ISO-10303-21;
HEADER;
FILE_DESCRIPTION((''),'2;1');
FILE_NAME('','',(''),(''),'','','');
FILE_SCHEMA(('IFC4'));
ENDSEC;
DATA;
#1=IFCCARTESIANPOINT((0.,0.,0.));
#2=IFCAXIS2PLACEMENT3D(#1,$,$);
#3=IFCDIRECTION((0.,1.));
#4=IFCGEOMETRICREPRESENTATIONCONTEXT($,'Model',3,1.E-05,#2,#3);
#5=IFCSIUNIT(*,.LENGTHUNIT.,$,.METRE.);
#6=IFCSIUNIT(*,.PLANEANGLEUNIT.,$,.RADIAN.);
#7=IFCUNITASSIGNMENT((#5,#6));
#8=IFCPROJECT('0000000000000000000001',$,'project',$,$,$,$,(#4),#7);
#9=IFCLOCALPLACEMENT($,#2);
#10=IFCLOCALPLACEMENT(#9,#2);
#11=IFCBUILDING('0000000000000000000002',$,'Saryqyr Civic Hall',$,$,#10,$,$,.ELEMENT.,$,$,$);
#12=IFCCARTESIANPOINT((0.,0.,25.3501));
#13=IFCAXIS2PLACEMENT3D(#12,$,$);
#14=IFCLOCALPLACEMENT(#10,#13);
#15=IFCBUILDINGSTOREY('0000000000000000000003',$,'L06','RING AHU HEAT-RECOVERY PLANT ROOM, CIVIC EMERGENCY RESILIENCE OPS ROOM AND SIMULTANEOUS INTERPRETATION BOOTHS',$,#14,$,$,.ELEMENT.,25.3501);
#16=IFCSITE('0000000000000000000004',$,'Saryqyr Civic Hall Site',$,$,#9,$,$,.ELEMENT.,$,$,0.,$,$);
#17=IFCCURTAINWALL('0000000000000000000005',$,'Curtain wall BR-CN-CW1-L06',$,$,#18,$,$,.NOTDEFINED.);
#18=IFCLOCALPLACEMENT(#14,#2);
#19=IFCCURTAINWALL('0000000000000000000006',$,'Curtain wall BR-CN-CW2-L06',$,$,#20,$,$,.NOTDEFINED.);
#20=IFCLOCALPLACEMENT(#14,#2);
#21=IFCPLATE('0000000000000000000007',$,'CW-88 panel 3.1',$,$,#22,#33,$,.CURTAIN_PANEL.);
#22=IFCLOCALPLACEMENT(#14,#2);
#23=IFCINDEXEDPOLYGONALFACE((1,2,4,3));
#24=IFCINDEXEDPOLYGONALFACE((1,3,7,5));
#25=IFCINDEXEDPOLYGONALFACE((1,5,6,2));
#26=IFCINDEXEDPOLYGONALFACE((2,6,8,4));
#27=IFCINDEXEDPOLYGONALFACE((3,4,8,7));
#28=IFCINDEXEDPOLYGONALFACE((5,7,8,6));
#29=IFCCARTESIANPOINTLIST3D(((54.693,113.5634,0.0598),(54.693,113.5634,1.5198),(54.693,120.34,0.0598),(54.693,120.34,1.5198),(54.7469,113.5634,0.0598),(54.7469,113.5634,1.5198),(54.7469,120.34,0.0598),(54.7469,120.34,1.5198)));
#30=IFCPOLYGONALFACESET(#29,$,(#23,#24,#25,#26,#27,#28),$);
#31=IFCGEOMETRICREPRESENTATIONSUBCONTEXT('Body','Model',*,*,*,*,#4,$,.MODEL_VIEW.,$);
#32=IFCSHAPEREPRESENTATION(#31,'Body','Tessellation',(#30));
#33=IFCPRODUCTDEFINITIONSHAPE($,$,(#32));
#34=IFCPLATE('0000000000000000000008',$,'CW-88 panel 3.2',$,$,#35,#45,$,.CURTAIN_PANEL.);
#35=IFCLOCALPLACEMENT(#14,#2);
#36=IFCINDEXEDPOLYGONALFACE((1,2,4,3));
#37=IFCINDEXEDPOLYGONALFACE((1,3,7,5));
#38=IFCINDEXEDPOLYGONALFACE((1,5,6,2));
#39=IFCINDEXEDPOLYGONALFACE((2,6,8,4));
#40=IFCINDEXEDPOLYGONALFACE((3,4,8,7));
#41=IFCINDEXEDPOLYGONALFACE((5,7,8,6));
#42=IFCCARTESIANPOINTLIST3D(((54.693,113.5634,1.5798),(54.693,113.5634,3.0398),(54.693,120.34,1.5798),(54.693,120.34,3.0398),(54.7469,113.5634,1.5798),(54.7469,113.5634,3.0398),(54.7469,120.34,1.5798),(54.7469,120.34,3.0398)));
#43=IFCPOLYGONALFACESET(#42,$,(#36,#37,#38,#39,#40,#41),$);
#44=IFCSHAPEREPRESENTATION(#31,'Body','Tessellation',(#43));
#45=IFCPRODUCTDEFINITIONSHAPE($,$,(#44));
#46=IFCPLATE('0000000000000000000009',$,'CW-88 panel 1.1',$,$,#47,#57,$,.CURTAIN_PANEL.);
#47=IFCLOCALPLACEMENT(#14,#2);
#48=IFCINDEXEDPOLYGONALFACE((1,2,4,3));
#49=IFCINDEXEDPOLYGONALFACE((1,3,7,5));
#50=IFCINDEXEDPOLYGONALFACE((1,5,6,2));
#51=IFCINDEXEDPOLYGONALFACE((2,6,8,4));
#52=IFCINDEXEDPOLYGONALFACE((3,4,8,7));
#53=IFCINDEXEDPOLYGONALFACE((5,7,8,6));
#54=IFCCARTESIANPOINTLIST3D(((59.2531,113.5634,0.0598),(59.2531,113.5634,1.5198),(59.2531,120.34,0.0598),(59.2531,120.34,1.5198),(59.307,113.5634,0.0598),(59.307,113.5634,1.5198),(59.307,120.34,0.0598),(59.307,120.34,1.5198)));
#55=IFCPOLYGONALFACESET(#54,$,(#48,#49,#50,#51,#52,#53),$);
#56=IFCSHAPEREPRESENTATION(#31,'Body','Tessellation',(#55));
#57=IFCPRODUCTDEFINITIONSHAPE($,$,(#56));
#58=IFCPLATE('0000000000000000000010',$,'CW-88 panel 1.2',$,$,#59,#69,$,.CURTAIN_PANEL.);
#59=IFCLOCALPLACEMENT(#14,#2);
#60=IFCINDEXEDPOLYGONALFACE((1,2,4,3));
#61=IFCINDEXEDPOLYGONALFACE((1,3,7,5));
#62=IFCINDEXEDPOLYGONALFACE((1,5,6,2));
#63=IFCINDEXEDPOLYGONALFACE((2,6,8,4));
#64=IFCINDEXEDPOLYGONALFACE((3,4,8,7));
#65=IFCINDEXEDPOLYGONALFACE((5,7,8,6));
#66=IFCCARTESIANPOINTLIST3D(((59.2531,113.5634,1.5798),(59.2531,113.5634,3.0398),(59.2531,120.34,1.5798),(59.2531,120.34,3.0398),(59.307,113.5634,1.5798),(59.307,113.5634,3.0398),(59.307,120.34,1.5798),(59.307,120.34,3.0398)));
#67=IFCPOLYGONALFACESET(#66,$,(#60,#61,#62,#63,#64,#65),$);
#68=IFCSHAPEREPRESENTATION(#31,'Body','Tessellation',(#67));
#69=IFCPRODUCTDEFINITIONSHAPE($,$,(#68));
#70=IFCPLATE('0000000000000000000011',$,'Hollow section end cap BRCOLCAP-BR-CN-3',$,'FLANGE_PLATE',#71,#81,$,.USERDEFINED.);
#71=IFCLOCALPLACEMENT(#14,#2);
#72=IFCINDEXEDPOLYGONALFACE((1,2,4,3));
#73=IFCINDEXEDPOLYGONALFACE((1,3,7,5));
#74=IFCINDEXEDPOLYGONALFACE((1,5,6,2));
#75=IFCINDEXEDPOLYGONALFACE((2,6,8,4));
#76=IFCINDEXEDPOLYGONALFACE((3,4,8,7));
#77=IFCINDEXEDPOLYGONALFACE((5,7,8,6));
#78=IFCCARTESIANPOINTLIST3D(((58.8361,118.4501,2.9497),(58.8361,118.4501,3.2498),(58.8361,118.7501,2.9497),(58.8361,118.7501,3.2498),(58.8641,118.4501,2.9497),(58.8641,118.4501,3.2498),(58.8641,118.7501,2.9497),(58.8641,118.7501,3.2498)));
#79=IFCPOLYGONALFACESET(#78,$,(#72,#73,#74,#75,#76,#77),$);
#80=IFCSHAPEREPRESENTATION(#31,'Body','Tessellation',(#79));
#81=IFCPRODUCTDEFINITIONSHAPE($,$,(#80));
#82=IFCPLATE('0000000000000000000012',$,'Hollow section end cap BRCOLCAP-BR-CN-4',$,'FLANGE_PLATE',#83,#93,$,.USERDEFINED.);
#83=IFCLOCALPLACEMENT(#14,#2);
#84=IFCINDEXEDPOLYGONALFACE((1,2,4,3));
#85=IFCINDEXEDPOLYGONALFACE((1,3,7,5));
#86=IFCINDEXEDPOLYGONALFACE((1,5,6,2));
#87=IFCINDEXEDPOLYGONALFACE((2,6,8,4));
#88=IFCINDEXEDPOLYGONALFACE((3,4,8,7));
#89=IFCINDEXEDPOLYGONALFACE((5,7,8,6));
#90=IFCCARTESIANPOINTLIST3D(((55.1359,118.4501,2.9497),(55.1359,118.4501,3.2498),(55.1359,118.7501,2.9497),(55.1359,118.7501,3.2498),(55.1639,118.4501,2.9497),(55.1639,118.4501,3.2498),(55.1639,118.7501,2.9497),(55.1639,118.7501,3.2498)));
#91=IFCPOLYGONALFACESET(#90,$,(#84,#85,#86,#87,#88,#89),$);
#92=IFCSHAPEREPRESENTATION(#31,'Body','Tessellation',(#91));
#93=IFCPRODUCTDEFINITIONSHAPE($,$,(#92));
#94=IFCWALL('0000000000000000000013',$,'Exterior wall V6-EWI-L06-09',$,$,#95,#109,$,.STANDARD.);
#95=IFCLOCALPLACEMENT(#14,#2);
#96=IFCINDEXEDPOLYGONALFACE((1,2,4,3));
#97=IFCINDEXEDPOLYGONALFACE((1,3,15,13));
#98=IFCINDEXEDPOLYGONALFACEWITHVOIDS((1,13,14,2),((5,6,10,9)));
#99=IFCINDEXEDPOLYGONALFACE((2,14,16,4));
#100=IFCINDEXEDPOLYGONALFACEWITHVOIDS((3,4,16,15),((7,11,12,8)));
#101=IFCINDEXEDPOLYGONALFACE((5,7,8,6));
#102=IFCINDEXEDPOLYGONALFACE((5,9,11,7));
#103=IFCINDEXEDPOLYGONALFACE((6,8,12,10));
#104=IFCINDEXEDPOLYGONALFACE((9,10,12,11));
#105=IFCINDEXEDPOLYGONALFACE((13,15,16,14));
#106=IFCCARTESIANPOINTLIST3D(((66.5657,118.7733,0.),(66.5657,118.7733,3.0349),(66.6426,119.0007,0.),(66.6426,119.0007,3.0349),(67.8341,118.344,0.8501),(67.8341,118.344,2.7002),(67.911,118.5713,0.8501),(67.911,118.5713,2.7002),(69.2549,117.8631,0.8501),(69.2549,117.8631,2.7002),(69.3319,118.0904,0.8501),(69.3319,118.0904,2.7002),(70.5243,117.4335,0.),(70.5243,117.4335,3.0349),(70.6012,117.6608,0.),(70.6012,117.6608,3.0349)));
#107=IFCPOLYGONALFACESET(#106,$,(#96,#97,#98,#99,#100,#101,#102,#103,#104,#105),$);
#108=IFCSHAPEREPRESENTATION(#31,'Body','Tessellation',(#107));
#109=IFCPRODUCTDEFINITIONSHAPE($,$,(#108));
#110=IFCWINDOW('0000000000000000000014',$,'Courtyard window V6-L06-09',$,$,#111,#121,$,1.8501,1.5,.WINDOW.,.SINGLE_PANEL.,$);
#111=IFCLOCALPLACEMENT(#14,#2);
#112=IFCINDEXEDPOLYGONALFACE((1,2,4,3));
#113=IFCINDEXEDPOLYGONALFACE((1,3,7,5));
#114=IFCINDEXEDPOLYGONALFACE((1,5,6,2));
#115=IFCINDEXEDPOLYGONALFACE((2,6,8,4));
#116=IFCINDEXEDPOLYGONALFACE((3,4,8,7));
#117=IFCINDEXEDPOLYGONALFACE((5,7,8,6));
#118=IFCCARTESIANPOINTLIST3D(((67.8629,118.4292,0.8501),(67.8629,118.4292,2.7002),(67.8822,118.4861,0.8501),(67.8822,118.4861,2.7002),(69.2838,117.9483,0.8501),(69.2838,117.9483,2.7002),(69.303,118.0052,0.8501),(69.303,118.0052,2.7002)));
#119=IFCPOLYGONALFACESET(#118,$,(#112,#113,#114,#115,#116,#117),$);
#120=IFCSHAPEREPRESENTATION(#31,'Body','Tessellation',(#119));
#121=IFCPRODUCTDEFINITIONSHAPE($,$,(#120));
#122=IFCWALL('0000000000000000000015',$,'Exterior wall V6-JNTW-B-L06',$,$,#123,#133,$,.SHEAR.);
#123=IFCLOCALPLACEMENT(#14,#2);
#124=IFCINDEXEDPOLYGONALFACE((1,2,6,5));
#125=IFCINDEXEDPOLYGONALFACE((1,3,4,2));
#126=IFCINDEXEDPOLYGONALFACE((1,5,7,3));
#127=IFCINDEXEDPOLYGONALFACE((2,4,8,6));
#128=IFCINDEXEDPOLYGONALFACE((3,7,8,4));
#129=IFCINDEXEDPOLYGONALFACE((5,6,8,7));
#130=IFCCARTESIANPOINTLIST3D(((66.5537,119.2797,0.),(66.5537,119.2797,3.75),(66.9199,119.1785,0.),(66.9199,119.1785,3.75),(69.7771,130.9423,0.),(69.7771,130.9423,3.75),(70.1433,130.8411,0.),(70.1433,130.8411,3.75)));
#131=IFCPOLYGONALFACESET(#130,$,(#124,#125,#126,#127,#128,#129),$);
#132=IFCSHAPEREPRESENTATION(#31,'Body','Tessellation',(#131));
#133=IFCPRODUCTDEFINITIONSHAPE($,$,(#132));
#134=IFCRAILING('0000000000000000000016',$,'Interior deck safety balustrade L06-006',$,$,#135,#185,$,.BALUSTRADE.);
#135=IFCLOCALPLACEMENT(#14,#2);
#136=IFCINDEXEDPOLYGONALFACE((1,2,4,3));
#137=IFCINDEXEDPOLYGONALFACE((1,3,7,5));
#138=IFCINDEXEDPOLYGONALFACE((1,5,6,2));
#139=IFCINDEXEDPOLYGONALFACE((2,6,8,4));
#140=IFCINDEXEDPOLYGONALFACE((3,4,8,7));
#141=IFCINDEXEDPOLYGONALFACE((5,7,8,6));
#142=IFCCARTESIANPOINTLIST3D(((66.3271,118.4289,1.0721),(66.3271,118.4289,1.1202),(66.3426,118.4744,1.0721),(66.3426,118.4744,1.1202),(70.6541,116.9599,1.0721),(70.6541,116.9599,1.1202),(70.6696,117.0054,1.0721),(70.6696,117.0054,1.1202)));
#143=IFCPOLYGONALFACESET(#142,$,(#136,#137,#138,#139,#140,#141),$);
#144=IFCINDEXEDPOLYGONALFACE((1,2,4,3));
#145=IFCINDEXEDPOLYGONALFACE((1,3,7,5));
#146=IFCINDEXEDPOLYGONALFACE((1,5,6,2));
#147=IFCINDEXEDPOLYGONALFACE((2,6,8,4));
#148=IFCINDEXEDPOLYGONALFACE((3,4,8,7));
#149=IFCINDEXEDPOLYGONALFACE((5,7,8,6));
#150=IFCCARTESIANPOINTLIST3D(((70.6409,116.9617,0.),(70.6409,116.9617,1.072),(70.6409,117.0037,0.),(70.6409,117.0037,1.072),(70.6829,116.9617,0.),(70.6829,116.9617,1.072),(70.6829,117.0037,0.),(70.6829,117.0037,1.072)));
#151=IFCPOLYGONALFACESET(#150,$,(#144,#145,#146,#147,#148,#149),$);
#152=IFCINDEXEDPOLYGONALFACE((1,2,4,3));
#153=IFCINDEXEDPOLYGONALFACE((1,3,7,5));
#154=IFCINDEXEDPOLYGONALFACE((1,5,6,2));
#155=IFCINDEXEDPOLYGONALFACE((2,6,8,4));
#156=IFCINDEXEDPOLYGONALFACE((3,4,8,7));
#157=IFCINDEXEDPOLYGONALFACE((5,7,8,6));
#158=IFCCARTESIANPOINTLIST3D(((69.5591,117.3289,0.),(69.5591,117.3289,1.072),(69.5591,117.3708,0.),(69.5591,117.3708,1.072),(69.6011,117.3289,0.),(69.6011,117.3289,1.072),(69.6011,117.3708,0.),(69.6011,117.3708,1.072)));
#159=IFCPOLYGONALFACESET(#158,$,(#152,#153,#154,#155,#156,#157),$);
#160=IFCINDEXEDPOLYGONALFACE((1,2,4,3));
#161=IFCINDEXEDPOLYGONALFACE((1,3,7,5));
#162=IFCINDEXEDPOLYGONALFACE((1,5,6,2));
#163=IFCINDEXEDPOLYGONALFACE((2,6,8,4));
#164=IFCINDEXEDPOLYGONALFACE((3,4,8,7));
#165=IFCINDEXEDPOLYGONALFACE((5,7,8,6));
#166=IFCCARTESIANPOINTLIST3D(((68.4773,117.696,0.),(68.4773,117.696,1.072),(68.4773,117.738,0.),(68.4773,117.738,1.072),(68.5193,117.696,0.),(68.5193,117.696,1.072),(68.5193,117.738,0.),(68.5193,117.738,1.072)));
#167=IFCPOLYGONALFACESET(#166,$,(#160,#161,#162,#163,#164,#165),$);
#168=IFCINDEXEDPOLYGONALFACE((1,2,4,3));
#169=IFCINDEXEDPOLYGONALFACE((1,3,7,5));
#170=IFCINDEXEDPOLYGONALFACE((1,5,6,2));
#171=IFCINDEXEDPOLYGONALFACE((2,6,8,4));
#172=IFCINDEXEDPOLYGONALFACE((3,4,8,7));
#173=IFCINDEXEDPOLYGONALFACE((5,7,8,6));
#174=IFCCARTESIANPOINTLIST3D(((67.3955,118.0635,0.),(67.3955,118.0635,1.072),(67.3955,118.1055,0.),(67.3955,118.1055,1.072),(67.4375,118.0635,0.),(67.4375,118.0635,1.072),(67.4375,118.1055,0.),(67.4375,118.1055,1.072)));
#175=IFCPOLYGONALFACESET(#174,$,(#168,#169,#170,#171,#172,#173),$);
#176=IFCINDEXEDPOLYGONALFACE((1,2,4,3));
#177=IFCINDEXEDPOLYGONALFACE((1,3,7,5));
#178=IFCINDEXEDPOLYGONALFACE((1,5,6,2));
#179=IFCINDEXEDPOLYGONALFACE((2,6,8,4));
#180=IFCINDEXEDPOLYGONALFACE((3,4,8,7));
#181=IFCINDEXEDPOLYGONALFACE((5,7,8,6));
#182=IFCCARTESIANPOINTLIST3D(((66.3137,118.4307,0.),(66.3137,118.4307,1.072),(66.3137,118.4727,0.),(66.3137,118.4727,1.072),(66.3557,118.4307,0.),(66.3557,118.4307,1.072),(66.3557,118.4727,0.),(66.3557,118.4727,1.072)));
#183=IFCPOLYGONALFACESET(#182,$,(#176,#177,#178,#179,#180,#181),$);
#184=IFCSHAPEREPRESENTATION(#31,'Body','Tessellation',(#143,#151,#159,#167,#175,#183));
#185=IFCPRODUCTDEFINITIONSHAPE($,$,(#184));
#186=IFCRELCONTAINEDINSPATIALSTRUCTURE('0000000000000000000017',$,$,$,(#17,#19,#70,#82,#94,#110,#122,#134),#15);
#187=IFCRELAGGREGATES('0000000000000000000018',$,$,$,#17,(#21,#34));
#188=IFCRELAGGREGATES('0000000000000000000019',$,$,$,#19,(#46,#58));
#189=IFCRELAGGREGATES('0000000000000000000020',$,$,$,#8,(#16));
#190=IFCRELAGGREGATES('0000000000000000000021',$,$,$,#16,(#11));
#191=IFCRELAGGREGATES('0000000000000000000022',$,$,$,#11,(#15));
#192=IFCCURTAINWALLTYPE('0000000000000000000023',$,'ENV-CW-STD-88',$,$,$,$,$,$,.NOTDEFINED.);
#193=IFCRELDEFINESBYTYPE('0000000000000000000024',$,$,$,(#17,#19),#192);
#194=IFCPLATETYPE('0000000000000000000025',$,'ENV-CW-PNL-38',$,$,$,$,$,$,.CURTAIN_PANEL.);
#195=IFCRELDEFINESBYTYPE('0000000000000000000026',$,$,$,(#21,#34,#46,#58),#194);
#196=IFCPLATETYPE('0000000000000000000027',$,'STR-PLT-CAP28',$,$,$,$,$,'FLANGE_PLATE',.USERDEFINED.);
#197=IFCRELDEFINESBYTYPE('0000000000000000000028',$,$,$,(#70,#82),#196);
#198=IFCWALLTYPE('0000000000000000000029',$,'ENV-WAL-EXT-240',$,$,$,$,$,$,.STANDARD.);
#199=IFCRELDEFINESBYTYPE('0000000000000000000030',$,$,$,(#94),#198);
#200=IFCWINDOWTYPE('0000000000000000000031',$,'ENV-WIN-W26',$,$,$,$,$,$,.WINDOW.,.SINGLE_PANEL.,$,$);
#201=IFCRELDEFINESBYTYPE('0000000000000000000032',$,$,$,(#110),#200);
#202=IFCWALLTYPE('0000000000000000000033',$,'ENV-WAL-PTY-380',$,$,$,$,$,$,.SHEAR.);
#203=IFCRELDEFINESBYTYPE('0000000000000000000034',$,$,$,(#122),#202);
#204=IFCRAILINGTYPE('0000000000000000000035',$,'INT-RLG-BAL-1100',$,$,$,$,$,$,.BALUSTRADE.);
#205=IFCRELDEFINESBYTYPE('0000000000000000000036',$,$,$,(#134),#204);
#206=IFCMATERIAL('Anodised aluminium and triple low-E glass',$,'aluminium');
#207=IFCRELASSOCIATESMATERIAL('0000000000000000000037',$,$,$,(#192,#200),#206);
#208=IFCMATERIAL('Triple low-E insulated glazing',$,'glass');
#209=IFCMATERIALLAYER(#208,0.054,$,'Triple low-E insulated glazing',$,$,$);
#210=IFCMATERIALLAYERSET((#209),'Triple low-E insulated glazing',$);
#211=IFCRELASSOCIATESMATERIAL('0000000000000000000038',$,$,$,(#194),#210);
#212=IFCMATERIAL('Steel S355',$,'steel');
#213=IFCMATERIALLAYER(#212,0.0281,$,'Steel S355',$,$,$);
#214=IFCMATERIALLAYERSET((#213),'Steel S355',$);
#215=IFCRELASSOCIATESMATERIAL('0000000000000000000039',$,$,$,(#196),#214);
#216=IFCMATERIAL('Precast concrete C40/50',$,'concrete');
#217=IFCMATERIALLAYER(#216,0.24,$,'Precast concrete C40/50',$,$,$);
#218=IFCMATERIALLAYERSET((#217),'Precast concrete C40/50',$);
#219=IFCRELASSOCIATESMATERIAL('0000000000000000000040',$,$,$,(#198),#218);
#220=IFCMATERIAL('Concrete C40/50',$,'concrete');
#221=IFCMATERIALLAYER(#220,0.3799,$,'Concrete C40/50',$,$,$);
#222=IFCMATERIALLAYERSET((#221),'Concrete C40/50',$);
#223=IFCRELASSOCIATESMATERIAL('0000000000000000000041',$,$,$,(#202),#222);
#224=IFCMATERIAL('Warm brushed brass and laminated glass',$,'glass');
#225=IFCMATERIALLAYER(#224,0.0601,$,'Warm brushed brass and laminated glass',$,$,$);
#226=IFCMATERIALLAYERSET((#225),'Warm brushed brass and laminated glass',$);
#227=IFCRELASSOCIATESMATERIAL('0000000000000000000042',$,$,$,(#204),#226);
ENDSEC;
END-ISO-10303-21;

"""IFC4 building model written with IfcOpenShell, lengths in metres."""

from ifc_helpers import new_model, si_unit, direction, frame, frame_2d, origin, origin_2d, place, context, subcontext, project, spatial, rectangle, extrude, material, layer, layer_set, type_object, element, fill, aggregate, save


model = new_model("IFC4")

# Units and contexts
model_context = context("Model", 3, precision=1e-05, world=origin(), true_north=direction((0.0, 1.0)))
body_context = subcontext(model_context, "Body", "Model", "MODEL_VIEW")
ifc_project = project(units=[si_unit("LENGTHUNIT", "METRE"), si_unit("PLANEANGLEUNIT", "RADIAN")], contexts=[model_context])

# Site, building, storey
site_placement = place(None, origin())
site = spatial("IfcSite", under=ifc_project, at=site_placement, Name="Saryqyr Civic Hall Site", CompositionType="ELEMENT", RefElevation=0.0)
building_placement = place(site_placement, origin())
building = spatial("IfcBuilding", under=site, at=building_placement, Name="Saryqyr Civic Hall", CompositionType="ELEMENT")
storey_placement = place(building_placement, frame((0.0, 0.0, 25.3501)))
storey = spatial("IfcBuildingStorey", under=building, at=storey_placement, Name="L06", Description="RING AHU HEAT-RECOVERY PLANT ROOM, CIVIC EMERGENCY RESILIENCE OPS ROOM AND SIMULTANEOUS INTERPRETATION BOOTHS", CompositionType="ELEMENT", Elevation=25.3501)

# Shared definitions
ifc_material_1 = material(Name="Steel S355", Category="steel")
ifc_material_2 = material(Name="Concrete C40/50", Category="concrete")

# Curtain walls
ifc_material_3 = material(Name="Anodised aluminium and triple low-E glass", Category="aluminium")
curtain_wall_type_1 = type_object("IfcCurtainWallType", Name="ENV-CW-STD-88", PredefinedType="NOTDEFINED", material=ifc_material_3)
curtain_wall_1_placement = place(storey_placement, origin())
curtain_wall_1 = element("IfcCurtainWall", 1, at=curtain_wall_1_placement, inside=storey, type_object=curtain_wall_type_1, Name="Curtain wall BR-CN-CW1-L06", PredefinedType="NOTDEFINED")
curtain_wall_2_placement = place(storey_placement, origin())
curtain_wall_2 = element("IfcCurtainWall", 2, at=curtain_wall_2_placement, inside=storey, type_object=curtain_wall_type_1, Name="Curtain wall BR-CN-CW2-L06", PredefinedType="NOTDEFINED")

# Plates
ifc_material_4 = material(Name="Triple low-E insulated glazing", Category="glass")
ifc_layer_1 = layer(ifc_material_4, 0.054, Name="Triple low-E insulated glazing")
ifc_layer_set_1 = layer_set([ifc_layer_1], Name="Triple low-E insulated glazing")
plate_type_1 = type_object("IfcPlateType", Name="ENV-CW-PNL-38", PredefinedType="CURTAIN_PANEL", material=ifc_layer_set_1)
plate_1_placement = place(storey_placement, frame((54.72, 116.9517, 0.0598), z_axis=(0.0, 0.0, 1.0), x_axis=(0.0, 1.0, 0.0)))
plate_1 = element("IfcPlate", 3, at=plate_1_placement, type_object=plate_type_1, Name="CW-88 panel 3.1", PredefinedType="CURTAIN_PANEL", context=body_context, shape_type="SweptSolid", body=[
    extrude(rectangle(XDim=6.7766, YDim=0.054, at=origin_2d()), origin(), (0.0, 0.0, 1.0), 1.46),
])
plate_2_placement = place(storey_placement, frame((54.72, 116.9517, 1.5798), z_axis=(0.0, 0.0, 1.0), x_axis=(0.0, 1.0, 0.0)))
plate_2 = element("IfcPlate", 4, at=plate_2_placement, type_object=plate_type_1, Name="CW-88 panel 3.2", PredefinedType="CURTAIN_PANEL", context=body_context, shape_type="SweptSolid", body=[
    extrude(rectangle(XDim=6.7766, YDim=0.054, at=origin_2d()), origin(), (0.0, 0.0, 1.0), 1.46),
])
aggregate(curtain_wall_1, [plate_1, plate_2])
plate_3_placement = place(storey_placement, frame((59.28, 116.9517, 0.0598), z_axis=(0.0, 0.0, 1.0), x_axis=(0.0, -1.0, 0.0)))
plate_3 = element("IfcPlate", 5, at=plate_3_placement, type_object=plate_type_1, Name="CW-88 panel 1.1", PredefinedType="CURTAIN_PANEL", context=body_context, shape_type="SweptSolid", body=[
    extrude(rectangle(XDim=6.7766, YDim=0.054, at=origin_2d()), origin(), (0.0, 0.0, 1.0), 1.46),
])
plate_4_placement = place(storey_placement, frame((59.28, 116.9517, 1.5798), z_axis=(0.0, 0.0, 1.0), x_axis=(0.0, -1.0, 0.0)))
plate_4 = element("IfcPlate", 6, at=plate_4_placement, type_object=plate_type_1, Name="CW-88 panel 1.2", PredefinedType="CURTAIN_PANEL", context=body_context, shape_type="SweptSolid", body=[
    extrude(rectangle(XDim=6.7766, YDim=0.054, at=origin_2d()), origin(), (0.0, 0.0, 1.0), 1.46),
])
aggregate(curtain_wall_2, [plate_3, plate_4])

# Plates
ifc_layer_2 = layer(ifc_material_1, 0.0281, Name="Steel S355")
ifc_layer_set_2 = layer_set([ifc_layer_2], Name="Steel S355")
plate_type_2 = type_object("IfcPlateType", Name="STR-PLT-CAP28", ElementType="FLANGE_PLATE", PredefinedType="USERDEFINED", material=ifc_layer_set_2)
for number, where, z_axis, x_axis, name in (
    (7, (58.8501, 118.6001, 2.9497), (0.0, 0.0, 1.0), (1.0, 0.0, 0.0), "Hollow section end cap BRCOLCAP-BR-CN-3"),
    (8, (55.1499, 118.6001, 2.9497), (0.0, 0.0, 1.0), (1.0, 0.0, 0.0), "Hollow section end cap BRCOLCAP-BR-CN-4"),
):
    element("IfcPlate", number, at=place(storey_placement, frame(where, z_axis=z_axis, x_axis=x_axis)), inside=storey, type_object=plate_type_2, Name=name, ObjectType="FLANGE_PLATE", PredefinedType="USERDEFINED", context=body_context, shape_type="SweptSolid", body=[
        extrude(rectangle(XDim=0.0281, YDim=0.3, at=origin_2d()), origin(), (0.0, 0.0, 1.0), 0.3),
    ])

# Wall, opening, window
ifc_material_5 = material(Name="Precast concrete C40/50", Category="concrete")
ifc_layer_3 = layer(ifc_material_5, 0.24, Name="Precast concrete C40/50")
ifc_layer_set_3 = layer_set([ifc_layer_3], Name="Precast concrete C40/50")
wall_type_1 = type_object("IfcWallType", Name="ENV-WAL-EXT-240", PredefinedType="STANDARD", material=ifc_layer_set_3)
wall_1_placement = place(storey_placement, frame((70.5627, 117.5471, 0.0), z_axis=(0.0, 0.0, 1.0), x_axis=(-0.947213, 0.320606, 0.0)))
wall_1 = element("IfcWall", 9, at=wall_1_placement, inside=storey, type_object=wall_type_1, Name="Exterior wall V6-EWI-L06-09", PredefinedType="STANDARD", context=body_context, shape_type="SweptSolid", body=[
    extrude(rectangle(XDim=4.1792, YDim=0.24, at=frame_2d((2.0896, 0.0))), origin(), (0.0, 0.0, 1.0), 3.0349),
])
opening_placement = place(wall_1_placement, frame((1.3401, 0.0, 0.8501)))
opening = element("IfcOpeningElement", 10, at=opening_placement, cuts=wall_1, PredefinedType="OPENING", context=body_context, shape_type="SweptSolid", body=[
    extrude(rectangle(XDim=1.5, YDim=1.8501, at=frame_2d((0.75, 0.925))), frame((0.0, 0.1299, 0.0), z_axis=(0.0, -1.0, 0.0), x_axis=(1.0, 0.0, 0.0)), (0.0, 0.0, 1.0), 0.26),
])
window_type = type_object("IfcWindowType", Name="ENV-WIN-W26", PartitioningType="SINGLE_PANEL", PredefinedType="WINDOW", material=ifc_material_3)
window_placement = place(opening_placement, origin())
window = element("IfcWindow", 11, at=window_placement, inside=storey, type_object=window_type, Name="Courtyard window V6-L06-09", OverallHeight=1.8501, OverallWidth=1.5, PartitioningType="SINGLE_PANEL", PredefinedType="WINDOW", context=body_context, shape_type="SweptSolid", body=[
    extrude(rectangle(XDim=1.5, YDim=1.8501, at=frame_2d((0.75, 0.925))), frame((0.0, 0.03, 0.0), z_axis=(0.0, -1.0, 0.0), x_axis=(1.0, 0.0, 0.0)), (0.0, 0.0, 1.0), 0.0601),
])
fill(opening, window)

# Wall
ifc_layer_4 = layer(ifc_material_2, 0.3799, Name="Concrete C40/50")
ifc_layer_set_4 = layer_set([ifc_layer_4], Name="Concrete C40/50")
wall_type_2 = type_object("IfcWallType", Name="ENV-WAL-PTY-380", PredefinedType="SHEAR", material=ifc_layer_set_4)
wall_2_placement = place(storey_placement, frame((66.7368, 119.2292, 0.0), z_axis=(0.0, 0.0, 1.0), x_axis=(0.266399, 0.963863, 0.0)))
element("IfcWall", 12, at=wall_2_placement, inside=storey, type_object=wall_type_2, Name="Exterior wall V6-JNTW-B-L06", PredefinedType="SHEAR", context=body_context, shape_type="SweptSolid", body=[
    extrude(rectangle(XDim=12.0999, YDim=0.3799, at=frame_2d((6.0498, 0.0))), origin(), (0.0, 0.0, 1.0), 3.75),
])

# Railing
ifc_material_6 = material(Name="Warm brushed brass and laminated glass", Category="glass")
ifc_layer_5 = layer(ifc_material_6, 0.0601, Name="Warm brushed brass and laminated glass")
ifc_layer_set_5 = layer_set([ifc_layer_5], Name="Warm brushed brass and laminated glass")
railing_type = type_object("IfcRailingType", Name="INT-RLG-BAL-1100", PredefinedType="BALUSTRADE", material=ifc_layer_set_5)
railing_1_placement = place(storey_placement, frame((70.6619, 116.9827, 0.0)))
element("IfcRailing", 13, at=railing_1_placement, inside=storey, type_object=railing_type, Name="Interior deck safety balustrade L06-006", PredefinedType="BALUSTRADE", context=body_context, shape_type="SweptSolid", body=[
    extrude(rectangle(XDim=0.0481, YDim=0.0481, at=origin_2d()), frame((0.0, 0.0, 1.0962), z_axis=(-0.946922, 0.321464, 0.0), x_axis=(-0.321464, -0.946922, 0.0)), (0.0, 0.0, 1.0), 4.5696),
    extrude(rectangle(XDim=0.042, YDim=0.042, at=origin_2d()), origin(), (0.0, 0.0, 1.0), 1.072),
    extrude(rectangle(XDim=0.042, YDim=0.042, at=origin_2d()), frame((-1.0818, 0.3672, 0.0)), (0.0, 0.0, 1.0), 1.072),
    extrude(rectangle(XDim=0.042, YDim=0.042, at=origin_2d()), frame((-2.1636, 0.7344, 0.0)), (0.0, 0.0, 1.0), 1.072),
    extrude(rectangle(XDim=0.042, YDim=0.042, at=origin_2d()), frame((-3.2454, 1.1018, 0.0)), (0.0, 0.0, 1.0), 1.072),
    extrude(rectangle(XDim=0.042, YDim=0.042, at=origin_2d()), frame((-4.3271, 1.469, 0.0)), (0.0, 0.0, 1.0), 1.072),
])

save(model, "model.ifc")
